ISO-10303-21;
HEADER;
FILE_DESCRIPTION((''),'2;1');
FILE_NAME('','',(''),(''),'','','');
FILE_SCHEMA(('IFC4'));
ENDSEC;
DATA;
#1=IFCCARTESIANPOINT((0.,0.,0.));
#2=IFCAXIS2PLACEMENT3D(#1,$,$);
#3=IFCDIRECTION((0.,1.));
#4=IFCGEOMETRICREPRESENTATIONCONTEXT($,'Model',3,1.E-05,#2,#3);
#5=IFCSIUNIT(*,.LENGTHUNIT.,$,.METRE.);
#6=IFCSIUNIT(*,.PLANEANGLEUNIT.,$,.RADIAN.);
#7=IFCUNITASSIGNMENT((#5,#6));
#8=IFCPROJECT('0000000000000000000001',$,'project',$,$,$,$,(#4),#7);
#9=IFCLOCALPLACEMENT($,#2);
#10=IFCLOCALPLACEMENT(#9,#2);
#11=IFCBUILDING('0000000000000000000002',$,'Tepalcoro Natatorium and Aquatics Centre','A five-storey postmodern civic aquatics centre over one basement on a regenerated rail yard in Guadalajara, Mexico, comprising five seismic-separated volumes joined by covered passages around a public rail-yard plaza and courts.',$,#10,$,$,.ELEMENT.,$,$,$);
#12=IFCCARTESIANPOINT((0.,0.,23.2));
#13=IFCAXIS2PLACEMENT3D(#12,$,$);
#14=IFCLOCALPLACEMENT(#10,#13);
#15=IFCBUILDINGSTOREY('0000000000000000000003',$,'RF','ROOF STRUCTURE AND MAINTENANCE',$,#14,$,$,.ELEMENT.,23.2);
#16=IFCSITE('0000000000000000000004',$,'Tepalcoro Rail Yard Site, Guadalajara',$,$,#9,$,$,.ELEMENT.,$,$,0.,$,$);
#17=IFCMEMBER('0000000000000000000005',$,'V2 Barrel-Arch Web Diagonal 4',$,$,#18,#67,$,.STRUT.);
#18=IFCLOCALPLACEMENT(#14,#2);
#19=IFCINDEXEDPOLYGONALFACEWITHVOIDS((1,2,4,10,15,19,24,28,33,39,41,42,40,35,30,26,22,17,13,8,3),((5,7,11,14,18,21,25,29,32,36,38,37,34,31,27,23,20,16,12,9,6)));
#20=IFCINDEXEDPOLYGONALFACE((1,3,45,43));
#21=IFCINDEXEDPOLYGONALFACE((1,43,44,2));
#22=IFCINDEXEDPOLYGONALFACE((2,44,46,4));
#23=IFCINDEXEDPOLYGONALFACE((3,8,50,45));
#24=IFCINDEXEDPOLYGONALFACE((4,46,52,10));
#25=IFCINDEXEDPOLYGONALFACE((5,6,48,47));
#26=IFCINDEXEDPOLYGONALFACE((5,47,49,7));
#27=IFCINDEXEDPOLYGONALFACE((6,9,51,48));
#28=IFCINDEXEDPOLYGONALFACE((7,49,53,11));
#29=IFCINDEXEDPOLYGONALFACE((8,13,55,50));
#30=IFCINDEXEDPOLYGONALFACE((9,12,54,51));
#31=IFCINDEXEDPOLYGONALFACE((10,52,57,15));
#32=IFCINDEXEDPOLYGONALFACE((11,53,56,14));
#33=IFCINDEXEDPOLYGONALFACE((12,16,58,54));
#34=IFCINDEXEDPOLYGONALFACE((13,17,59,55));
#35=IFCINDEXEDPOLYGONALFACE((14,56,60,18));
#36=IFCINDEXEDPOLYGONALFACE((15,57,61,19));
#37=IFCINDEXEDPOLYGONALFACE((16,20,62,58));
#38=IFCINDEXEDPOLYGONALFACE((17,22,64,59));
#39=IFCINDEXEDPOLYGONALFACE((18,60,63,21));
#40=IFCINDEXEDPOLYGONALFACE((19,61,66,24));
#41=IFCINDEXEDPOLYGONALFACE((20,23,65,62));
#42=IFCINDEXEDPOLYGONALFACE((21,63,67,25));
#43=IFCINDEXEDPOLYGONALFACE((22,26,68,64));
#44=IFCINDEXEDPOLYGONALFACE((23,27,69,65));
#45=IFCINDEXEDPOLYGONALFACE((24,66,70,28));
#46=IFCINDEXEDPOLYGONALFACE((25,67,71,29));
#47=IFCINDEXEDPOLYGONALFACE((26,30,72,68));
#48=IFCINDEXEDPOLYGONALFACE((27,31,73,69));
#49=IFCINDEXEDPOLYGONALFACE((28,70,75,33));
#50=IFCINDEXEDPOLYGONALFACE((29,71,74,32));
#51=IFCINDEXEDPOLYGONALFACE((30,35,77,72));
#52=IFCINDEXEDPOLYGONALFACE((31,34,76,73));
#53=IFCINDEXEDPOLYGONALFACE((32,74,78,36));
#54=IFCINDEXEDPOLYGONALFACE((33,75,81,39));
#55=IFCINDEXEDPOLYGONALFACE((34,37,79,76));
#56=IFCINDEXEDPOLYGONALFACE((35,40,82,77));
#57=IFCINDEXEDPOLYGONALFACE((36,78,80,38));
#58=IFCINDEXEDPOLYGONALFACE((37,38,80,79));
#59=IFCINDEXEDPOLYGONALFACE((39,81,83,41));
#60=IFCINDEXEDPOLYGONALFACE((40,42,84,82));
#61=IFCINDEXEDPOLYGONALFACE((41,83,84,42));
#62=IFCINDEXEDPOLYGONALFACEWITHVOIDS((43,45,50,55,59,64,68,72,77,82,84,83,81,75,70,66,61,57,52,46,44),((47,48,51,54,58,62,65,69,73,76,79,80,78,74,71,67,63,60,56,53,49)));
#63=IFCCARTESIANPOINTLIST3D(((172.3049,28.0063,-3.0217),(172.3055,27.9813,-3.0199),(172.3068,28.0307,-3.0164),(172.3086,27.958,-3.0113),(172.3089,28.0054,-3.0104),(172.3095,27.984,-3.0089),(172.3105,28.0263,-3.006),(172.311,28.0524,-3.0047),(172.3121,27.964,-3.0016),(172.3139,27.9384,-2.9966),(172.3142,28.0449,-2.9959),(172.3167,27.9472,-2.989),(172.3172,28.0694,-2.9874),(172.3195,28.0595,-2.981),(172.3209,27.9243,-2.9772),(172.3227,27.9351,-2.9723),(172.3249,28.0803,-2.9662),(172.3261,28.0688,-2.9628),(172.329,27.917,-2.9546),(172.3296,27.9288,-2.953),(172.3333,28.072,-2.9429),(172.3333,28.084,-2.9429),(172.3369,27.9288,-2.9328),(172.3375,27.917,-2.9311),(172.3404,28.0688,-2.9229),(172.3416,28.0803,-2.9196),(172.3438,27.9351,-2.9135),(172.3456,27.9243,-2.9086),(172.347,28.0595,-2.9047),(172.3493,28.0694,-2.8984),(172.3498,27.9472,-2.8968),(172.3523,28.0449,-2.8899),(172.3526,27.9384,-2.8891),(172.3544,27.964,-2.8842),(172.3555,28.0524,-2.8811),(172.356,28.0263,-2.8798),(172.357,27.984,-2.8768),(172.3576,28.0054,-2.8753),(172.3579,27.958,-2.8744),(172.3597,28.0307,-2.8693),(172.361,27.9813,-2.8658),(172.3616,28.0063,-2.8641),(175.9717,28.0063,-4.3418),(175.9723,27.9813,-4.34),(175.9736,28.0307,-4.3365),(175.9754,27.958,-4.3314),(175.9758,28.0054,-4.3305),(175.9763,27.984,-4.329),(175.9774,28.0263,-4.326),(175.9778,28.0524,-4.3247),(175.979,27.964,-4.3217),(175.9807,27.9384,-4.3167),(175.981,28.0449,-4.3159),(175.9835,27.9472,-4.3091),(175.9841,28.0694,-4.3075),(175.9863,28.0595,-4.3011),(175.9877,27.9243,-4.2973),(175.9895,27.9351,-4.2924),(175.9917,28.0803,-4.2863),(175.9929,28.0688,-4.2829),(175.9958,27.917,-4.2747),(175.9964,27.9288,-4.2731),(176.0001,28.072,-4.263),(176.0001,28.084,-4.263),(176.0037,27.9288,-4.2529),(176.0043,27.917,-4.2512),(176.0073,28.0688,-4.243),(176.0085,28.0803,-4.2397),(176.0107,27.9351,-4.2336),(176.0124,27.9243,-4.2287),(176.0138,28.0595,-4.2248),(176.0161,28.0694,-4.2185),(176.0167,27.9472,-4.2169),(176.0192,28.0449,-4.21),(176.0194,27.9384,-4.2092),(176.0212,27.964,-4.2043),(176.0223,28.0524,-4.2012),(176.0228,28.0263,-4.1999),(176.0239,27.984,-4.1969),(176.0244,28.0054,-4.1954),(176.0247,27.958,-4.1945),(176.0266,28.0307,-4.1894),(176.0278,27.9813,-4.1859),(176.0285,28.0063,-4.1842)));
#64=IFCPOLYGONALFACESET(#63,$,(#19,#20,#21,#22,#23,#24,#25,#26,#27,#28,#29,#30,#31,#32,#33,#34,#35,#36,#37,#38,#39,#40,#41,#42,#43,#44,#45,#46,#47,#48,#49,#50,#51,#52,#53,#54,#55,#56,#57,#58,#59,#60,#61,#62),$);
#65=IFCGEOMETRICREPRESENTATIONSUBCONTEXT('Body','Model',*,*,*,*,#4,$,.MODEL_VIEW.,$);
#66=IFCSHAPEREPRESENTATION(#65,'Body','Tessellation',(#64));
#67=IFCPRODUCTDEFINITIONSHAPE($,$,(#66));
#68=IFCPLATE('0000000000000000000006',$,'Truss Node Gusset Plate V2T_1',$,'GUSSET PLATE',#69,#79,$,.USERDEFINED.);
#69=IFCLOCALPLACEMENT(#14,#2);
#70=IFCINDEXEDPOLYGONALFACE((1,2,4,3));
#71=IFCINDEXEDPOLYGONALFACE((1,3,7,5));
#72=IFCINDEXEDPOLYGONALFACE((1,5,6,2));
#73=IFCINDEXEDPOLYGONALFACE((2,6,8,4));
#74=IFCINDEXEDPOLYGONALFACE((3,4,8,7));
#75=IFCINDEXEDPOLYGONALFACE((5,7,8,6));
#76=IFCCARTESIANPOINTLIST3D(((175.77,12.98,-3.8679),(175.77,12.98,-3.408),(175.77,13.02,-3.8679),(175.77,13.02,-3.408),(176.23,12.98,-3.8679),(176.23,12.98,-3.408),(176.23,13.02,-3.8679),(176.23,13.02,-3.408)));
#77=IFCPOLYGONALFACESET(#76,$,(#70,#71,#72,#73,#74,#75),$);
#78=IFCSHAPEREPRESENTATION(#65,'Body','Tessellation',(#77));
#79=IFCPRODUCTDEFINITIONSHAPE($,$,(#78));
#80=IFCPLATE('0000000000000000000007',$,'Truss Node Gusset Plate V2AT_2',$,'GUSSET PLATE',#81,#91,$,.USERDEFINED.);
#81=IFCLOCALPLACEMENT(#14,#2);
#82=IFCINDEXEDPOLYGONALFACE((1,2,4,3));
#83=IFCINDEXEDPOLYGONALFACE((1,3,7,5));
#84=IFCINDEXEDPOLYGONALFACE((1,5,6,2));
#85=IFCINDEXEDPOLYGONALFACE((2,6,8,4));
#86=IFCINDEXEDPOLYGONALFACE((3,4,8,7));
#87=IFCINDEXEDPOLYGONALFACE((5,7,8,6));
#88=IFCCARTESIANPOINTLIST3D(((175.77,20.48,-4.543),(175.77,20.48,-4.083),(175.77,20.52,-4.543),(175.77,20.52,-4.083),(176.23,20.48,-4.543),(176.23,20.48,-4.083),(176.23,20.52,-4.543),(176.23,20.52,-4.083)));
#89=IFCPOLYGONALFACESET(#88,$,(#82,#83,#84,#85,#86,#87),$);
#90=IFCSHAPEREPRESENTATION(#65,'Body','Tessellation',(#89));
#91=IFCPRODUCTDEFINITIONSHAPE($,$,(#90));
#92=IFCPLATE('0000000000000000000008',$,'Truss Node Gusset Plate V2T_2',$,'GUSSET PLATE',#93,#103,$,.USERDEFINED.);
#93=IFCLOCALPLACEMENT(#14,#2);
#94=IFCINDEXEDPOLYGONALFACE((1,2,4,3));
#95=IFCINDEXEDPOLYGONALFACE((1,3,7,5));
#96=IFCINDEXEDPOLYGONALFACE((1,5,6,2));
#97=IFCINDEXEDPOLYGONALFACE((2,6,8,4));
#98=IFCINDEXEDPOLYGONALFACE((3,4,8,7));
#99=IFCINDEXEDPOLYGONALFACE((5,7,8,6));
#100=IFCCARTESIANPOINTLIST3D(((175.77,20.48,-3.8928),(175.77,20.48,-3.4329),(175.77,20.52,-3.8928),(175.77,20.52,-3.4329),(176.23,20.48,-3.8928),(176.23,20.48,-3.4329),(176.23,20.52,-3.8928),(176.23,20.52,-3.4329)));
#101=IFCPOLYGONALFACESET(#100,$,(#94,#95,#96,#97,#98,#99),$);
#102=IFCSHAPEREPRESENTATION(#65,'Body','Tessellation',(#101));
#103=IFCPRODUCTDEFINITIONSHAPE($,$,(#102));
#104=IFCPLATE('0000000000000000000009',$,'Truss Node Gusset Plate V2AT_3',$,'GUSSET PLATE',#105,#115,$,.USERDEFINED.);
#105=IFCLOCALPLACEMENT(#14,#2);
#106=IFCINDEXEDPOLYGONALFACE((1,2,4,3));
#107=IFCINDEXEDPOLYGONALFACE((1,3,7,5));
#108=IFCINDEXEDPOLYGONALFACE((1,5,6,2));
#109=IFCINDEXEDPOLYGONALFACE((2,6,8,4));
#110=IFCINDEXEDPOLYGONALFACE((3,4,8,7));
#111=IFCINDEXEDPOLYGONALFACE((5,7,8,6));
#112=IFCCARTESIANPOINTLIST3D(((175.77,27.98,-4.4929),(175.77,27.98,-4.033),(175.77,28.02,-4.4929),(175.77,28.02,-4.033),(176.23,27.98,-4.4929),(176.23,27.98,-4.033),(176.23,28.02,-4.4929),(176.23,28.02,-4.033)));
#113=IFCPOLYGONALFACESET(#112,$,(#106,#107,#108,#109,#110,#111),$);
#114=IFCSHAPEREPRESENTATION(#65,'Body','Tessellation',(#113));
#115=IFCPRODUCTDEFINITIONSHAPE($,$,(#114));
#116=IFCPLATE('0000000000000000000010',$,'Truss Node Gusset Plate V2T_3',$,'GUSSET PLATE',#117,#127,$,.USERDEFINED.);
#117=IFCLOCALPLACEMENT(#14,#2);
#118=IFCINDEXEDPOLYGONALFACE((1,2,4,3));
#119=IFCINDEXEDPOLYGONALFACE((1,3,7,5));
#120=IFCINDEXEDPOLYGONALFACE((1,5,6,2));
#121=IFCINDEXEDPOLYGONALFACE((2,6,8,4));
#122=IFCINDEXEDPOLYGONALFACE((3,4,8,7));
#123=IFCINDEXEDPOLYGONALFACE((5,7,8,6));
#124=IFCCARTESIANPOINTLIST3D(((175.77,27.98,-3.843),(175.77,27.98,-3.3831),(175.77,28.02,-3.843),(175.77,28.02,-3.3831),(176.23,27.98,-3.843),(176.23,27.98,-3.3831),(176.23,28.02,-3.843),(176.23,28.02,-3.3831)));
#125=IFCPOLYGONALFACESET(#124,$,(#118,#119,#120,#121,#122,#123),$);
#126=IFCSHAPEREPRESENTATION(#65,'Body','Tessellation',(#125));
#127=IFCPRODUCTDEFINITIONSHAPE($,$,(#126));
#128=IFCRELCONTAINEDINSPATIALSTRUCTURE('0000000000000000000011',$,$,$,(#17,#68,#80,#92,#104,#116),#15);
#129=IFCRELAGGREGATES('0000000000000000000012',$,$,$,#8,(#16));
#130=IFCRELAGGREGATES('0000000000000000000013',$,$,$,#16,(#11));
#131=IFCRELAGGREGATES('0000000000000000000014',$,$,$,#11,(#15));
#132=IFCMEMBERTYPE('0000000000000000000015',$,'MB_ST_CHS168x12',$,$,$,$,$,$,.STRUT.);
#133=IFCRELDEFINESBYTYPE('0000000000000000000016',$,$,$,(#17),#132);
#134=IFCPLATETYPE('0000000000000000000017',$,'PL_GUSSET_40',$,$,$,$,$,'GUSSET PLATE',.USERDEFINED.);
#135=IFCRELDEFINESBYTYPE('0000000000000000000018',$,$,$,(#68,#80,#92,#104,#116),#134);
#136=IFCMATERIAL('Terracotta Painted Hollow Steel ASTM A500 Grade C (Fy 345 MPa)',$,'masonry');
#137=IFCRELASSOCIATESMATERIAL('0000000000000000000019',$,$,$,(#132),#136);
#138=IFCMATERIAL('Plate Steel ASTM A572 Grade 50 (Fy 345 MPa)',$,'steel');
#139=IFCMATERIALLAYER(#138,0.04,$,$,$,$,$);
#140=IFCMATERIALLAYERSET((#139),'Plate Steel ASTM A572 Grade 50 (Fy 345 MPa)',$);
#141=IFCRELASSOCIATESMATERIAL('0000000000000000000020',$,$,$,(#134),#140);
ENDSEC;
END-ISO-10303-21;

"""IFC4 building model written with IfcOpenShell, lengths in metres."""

from ifc_helpers import new_model, si_unit, direction, frame, origin, origin_2d, place, context, subcontext, project, spatial, rectangle, hollow_circle, extrude, material, layer, layer_set, material_profile, profile_set, type_object, element, save


model = new_model("IFC4")

# Units and contexts
model_context = context("Model", 3, precision=1e-05, world=origin(), true_north=direction((0.0, 1.0)))
body_context = subcontext(model_context, "Body", "Model", "MODEL_VIEW")
ifc_project = project(units=[si_unit("LENGTHUNIT", "METRE"), si_unit("PLANEANGLEUNIT", "RADIAN")], contexts=[model_context])

# Site, building, storey
site_placement = place(None, origin())
site = spatial("IfcSite", under=ifc_project, at=site_placement, Name="Tepalcoro Rail Yard Site, Guadalajara", CompositionType="ELEMENT", RefElevation=0.0)
building_placement = place(site_placement, origin())
building = spatial("IfcBuilding", under=site, at=building_placement, Name="Tepalcoro Natatorium and Aquatics Centre", Description="A five-storey postmodern civic aquatics centre over one basement on a regenerated rail yard in Guadalajara, Mexico, comprising five seismic-separated volumes joined by covered passages around a public rail-yard plaza and courts.", CompositionType="ELEMENT")
storey_placement = place(building_placement, frame((0.0, 0.0, 23.2)))
storey = spatial("IfcBuildingStorey", under=building, at=storey_placement, Name="RF", Description="ROOF STRUCTURE AND MAINTENANCE", CompositionType="ELEMENT", Elevation=23.2)

# Shared definitions
ifc_material_1 = material(Name="Terracotta Painted Hollow Steel ASTM A500 Grade C (Fy 345 MPa)", Category="masonry")

# Member
ifc_material_profile_1 = material_profile(ifc_material_1, hollow_circle(Radius=0.084, WallThickness=0.012, at=origin_2d()), Name="CHS168X12")
ifc_profile_set_1 = profile_set([ifc_material_profile_1], Name="Terracotta Painted Hollow Steel ASTM A500 Grade C (Fy 345 MPa)")
member_type_1 = type_object("IfcMemberType", Name="MB_ST_CHS168x12", PredefinedType="STRUT", material=ifc_profile_set_1)
member_1_placement = place(storey_placement, frame((172.3333, 28.0, -2.9429), z_axis=(0.940884, 0.0, -0.338728), x_axis=(0.0, 1.0, 0.0)))
element("IfcMember", 1, at=member_1_placement, inside=storey, type_object=member_type_1, Name="V2 Barrel-Arch Web Diagonal 4", PredefinedType="STRUT", context=body_context, shape_type="SweptSolid", body=[
    extrude(hollow_circle(Radius=0.084, WallThickness=0.012, at=origin_2d()), origin(), (0.0, 0.0, 1.0), 3.8972),
])

# Plates
ifc_material_2 = material(Name="Plate Steel ASTM A572 Grade 50 (Fy 345 MPa)", Category="steel")
ifc_layer = layer(ifc_material_2, 0.04)
ifc_layer_set = layer_set([ifc_layer], Name="Plate Steel ASTM A572 Grade 50 (Fy 345 MPa)")
plate_type = type_object("IfcPlateType", Name="PL_GUSSET_40", ElementType="GUSSET PLATE", PredefinedType="USERDEFINED", material=ifc_layer_set)
for number, where, z_axis, x_axis, name in (
    (2, (176.0, 13.0, -3.8679), (0.0, 0.0, 1.0), (1.0, 0.0, 0.0), "Truss Node Gusset Plate V2T_1"),
    (3, (176.0, 20.5, -4.543), (0.0, 0.0, 1.0), (1.0, 0.0, 0.0), "Truss Node Gusset Plate V2AT_2"),
    (4, (176.0, 20.5, -3.8928), (0.0, 0.0, 1.0), (1.0, 0.0, 0.0), "Truss Node Gusset Plate V2T_2"),
    (5, (176.0, 28.0, -4.4929), (0.0, 0.0, 1.0), (1.0, 0.0, 0.0), "Truss Node Gusset Plate V2AT_3"),
    (6, (176.0, 28.0, -3.843), (0.0, 0.0, 1.0), (1.0, 0.0, 0.0), "Truss Node Gusset Plate V2T_3"),
):
    element("IfcPlate", number, at=place(storey_placement, frame(where, z_axis=z_axis, x_axis=x_axis)), inside=storey, type_object=plate_type, Name=name, ObjectType="GUSSET PLATE", PredefinedType="USERDEFINED", context=body_context, shape_type="SweptSolid", body=[
        extrude(rectangle(XDim=0.46, YDim=0.04, at=origin_2d()), origin(), (0.0, 0.0, 1.0), 0.46),
    ])

save(model, "model.ifc")
